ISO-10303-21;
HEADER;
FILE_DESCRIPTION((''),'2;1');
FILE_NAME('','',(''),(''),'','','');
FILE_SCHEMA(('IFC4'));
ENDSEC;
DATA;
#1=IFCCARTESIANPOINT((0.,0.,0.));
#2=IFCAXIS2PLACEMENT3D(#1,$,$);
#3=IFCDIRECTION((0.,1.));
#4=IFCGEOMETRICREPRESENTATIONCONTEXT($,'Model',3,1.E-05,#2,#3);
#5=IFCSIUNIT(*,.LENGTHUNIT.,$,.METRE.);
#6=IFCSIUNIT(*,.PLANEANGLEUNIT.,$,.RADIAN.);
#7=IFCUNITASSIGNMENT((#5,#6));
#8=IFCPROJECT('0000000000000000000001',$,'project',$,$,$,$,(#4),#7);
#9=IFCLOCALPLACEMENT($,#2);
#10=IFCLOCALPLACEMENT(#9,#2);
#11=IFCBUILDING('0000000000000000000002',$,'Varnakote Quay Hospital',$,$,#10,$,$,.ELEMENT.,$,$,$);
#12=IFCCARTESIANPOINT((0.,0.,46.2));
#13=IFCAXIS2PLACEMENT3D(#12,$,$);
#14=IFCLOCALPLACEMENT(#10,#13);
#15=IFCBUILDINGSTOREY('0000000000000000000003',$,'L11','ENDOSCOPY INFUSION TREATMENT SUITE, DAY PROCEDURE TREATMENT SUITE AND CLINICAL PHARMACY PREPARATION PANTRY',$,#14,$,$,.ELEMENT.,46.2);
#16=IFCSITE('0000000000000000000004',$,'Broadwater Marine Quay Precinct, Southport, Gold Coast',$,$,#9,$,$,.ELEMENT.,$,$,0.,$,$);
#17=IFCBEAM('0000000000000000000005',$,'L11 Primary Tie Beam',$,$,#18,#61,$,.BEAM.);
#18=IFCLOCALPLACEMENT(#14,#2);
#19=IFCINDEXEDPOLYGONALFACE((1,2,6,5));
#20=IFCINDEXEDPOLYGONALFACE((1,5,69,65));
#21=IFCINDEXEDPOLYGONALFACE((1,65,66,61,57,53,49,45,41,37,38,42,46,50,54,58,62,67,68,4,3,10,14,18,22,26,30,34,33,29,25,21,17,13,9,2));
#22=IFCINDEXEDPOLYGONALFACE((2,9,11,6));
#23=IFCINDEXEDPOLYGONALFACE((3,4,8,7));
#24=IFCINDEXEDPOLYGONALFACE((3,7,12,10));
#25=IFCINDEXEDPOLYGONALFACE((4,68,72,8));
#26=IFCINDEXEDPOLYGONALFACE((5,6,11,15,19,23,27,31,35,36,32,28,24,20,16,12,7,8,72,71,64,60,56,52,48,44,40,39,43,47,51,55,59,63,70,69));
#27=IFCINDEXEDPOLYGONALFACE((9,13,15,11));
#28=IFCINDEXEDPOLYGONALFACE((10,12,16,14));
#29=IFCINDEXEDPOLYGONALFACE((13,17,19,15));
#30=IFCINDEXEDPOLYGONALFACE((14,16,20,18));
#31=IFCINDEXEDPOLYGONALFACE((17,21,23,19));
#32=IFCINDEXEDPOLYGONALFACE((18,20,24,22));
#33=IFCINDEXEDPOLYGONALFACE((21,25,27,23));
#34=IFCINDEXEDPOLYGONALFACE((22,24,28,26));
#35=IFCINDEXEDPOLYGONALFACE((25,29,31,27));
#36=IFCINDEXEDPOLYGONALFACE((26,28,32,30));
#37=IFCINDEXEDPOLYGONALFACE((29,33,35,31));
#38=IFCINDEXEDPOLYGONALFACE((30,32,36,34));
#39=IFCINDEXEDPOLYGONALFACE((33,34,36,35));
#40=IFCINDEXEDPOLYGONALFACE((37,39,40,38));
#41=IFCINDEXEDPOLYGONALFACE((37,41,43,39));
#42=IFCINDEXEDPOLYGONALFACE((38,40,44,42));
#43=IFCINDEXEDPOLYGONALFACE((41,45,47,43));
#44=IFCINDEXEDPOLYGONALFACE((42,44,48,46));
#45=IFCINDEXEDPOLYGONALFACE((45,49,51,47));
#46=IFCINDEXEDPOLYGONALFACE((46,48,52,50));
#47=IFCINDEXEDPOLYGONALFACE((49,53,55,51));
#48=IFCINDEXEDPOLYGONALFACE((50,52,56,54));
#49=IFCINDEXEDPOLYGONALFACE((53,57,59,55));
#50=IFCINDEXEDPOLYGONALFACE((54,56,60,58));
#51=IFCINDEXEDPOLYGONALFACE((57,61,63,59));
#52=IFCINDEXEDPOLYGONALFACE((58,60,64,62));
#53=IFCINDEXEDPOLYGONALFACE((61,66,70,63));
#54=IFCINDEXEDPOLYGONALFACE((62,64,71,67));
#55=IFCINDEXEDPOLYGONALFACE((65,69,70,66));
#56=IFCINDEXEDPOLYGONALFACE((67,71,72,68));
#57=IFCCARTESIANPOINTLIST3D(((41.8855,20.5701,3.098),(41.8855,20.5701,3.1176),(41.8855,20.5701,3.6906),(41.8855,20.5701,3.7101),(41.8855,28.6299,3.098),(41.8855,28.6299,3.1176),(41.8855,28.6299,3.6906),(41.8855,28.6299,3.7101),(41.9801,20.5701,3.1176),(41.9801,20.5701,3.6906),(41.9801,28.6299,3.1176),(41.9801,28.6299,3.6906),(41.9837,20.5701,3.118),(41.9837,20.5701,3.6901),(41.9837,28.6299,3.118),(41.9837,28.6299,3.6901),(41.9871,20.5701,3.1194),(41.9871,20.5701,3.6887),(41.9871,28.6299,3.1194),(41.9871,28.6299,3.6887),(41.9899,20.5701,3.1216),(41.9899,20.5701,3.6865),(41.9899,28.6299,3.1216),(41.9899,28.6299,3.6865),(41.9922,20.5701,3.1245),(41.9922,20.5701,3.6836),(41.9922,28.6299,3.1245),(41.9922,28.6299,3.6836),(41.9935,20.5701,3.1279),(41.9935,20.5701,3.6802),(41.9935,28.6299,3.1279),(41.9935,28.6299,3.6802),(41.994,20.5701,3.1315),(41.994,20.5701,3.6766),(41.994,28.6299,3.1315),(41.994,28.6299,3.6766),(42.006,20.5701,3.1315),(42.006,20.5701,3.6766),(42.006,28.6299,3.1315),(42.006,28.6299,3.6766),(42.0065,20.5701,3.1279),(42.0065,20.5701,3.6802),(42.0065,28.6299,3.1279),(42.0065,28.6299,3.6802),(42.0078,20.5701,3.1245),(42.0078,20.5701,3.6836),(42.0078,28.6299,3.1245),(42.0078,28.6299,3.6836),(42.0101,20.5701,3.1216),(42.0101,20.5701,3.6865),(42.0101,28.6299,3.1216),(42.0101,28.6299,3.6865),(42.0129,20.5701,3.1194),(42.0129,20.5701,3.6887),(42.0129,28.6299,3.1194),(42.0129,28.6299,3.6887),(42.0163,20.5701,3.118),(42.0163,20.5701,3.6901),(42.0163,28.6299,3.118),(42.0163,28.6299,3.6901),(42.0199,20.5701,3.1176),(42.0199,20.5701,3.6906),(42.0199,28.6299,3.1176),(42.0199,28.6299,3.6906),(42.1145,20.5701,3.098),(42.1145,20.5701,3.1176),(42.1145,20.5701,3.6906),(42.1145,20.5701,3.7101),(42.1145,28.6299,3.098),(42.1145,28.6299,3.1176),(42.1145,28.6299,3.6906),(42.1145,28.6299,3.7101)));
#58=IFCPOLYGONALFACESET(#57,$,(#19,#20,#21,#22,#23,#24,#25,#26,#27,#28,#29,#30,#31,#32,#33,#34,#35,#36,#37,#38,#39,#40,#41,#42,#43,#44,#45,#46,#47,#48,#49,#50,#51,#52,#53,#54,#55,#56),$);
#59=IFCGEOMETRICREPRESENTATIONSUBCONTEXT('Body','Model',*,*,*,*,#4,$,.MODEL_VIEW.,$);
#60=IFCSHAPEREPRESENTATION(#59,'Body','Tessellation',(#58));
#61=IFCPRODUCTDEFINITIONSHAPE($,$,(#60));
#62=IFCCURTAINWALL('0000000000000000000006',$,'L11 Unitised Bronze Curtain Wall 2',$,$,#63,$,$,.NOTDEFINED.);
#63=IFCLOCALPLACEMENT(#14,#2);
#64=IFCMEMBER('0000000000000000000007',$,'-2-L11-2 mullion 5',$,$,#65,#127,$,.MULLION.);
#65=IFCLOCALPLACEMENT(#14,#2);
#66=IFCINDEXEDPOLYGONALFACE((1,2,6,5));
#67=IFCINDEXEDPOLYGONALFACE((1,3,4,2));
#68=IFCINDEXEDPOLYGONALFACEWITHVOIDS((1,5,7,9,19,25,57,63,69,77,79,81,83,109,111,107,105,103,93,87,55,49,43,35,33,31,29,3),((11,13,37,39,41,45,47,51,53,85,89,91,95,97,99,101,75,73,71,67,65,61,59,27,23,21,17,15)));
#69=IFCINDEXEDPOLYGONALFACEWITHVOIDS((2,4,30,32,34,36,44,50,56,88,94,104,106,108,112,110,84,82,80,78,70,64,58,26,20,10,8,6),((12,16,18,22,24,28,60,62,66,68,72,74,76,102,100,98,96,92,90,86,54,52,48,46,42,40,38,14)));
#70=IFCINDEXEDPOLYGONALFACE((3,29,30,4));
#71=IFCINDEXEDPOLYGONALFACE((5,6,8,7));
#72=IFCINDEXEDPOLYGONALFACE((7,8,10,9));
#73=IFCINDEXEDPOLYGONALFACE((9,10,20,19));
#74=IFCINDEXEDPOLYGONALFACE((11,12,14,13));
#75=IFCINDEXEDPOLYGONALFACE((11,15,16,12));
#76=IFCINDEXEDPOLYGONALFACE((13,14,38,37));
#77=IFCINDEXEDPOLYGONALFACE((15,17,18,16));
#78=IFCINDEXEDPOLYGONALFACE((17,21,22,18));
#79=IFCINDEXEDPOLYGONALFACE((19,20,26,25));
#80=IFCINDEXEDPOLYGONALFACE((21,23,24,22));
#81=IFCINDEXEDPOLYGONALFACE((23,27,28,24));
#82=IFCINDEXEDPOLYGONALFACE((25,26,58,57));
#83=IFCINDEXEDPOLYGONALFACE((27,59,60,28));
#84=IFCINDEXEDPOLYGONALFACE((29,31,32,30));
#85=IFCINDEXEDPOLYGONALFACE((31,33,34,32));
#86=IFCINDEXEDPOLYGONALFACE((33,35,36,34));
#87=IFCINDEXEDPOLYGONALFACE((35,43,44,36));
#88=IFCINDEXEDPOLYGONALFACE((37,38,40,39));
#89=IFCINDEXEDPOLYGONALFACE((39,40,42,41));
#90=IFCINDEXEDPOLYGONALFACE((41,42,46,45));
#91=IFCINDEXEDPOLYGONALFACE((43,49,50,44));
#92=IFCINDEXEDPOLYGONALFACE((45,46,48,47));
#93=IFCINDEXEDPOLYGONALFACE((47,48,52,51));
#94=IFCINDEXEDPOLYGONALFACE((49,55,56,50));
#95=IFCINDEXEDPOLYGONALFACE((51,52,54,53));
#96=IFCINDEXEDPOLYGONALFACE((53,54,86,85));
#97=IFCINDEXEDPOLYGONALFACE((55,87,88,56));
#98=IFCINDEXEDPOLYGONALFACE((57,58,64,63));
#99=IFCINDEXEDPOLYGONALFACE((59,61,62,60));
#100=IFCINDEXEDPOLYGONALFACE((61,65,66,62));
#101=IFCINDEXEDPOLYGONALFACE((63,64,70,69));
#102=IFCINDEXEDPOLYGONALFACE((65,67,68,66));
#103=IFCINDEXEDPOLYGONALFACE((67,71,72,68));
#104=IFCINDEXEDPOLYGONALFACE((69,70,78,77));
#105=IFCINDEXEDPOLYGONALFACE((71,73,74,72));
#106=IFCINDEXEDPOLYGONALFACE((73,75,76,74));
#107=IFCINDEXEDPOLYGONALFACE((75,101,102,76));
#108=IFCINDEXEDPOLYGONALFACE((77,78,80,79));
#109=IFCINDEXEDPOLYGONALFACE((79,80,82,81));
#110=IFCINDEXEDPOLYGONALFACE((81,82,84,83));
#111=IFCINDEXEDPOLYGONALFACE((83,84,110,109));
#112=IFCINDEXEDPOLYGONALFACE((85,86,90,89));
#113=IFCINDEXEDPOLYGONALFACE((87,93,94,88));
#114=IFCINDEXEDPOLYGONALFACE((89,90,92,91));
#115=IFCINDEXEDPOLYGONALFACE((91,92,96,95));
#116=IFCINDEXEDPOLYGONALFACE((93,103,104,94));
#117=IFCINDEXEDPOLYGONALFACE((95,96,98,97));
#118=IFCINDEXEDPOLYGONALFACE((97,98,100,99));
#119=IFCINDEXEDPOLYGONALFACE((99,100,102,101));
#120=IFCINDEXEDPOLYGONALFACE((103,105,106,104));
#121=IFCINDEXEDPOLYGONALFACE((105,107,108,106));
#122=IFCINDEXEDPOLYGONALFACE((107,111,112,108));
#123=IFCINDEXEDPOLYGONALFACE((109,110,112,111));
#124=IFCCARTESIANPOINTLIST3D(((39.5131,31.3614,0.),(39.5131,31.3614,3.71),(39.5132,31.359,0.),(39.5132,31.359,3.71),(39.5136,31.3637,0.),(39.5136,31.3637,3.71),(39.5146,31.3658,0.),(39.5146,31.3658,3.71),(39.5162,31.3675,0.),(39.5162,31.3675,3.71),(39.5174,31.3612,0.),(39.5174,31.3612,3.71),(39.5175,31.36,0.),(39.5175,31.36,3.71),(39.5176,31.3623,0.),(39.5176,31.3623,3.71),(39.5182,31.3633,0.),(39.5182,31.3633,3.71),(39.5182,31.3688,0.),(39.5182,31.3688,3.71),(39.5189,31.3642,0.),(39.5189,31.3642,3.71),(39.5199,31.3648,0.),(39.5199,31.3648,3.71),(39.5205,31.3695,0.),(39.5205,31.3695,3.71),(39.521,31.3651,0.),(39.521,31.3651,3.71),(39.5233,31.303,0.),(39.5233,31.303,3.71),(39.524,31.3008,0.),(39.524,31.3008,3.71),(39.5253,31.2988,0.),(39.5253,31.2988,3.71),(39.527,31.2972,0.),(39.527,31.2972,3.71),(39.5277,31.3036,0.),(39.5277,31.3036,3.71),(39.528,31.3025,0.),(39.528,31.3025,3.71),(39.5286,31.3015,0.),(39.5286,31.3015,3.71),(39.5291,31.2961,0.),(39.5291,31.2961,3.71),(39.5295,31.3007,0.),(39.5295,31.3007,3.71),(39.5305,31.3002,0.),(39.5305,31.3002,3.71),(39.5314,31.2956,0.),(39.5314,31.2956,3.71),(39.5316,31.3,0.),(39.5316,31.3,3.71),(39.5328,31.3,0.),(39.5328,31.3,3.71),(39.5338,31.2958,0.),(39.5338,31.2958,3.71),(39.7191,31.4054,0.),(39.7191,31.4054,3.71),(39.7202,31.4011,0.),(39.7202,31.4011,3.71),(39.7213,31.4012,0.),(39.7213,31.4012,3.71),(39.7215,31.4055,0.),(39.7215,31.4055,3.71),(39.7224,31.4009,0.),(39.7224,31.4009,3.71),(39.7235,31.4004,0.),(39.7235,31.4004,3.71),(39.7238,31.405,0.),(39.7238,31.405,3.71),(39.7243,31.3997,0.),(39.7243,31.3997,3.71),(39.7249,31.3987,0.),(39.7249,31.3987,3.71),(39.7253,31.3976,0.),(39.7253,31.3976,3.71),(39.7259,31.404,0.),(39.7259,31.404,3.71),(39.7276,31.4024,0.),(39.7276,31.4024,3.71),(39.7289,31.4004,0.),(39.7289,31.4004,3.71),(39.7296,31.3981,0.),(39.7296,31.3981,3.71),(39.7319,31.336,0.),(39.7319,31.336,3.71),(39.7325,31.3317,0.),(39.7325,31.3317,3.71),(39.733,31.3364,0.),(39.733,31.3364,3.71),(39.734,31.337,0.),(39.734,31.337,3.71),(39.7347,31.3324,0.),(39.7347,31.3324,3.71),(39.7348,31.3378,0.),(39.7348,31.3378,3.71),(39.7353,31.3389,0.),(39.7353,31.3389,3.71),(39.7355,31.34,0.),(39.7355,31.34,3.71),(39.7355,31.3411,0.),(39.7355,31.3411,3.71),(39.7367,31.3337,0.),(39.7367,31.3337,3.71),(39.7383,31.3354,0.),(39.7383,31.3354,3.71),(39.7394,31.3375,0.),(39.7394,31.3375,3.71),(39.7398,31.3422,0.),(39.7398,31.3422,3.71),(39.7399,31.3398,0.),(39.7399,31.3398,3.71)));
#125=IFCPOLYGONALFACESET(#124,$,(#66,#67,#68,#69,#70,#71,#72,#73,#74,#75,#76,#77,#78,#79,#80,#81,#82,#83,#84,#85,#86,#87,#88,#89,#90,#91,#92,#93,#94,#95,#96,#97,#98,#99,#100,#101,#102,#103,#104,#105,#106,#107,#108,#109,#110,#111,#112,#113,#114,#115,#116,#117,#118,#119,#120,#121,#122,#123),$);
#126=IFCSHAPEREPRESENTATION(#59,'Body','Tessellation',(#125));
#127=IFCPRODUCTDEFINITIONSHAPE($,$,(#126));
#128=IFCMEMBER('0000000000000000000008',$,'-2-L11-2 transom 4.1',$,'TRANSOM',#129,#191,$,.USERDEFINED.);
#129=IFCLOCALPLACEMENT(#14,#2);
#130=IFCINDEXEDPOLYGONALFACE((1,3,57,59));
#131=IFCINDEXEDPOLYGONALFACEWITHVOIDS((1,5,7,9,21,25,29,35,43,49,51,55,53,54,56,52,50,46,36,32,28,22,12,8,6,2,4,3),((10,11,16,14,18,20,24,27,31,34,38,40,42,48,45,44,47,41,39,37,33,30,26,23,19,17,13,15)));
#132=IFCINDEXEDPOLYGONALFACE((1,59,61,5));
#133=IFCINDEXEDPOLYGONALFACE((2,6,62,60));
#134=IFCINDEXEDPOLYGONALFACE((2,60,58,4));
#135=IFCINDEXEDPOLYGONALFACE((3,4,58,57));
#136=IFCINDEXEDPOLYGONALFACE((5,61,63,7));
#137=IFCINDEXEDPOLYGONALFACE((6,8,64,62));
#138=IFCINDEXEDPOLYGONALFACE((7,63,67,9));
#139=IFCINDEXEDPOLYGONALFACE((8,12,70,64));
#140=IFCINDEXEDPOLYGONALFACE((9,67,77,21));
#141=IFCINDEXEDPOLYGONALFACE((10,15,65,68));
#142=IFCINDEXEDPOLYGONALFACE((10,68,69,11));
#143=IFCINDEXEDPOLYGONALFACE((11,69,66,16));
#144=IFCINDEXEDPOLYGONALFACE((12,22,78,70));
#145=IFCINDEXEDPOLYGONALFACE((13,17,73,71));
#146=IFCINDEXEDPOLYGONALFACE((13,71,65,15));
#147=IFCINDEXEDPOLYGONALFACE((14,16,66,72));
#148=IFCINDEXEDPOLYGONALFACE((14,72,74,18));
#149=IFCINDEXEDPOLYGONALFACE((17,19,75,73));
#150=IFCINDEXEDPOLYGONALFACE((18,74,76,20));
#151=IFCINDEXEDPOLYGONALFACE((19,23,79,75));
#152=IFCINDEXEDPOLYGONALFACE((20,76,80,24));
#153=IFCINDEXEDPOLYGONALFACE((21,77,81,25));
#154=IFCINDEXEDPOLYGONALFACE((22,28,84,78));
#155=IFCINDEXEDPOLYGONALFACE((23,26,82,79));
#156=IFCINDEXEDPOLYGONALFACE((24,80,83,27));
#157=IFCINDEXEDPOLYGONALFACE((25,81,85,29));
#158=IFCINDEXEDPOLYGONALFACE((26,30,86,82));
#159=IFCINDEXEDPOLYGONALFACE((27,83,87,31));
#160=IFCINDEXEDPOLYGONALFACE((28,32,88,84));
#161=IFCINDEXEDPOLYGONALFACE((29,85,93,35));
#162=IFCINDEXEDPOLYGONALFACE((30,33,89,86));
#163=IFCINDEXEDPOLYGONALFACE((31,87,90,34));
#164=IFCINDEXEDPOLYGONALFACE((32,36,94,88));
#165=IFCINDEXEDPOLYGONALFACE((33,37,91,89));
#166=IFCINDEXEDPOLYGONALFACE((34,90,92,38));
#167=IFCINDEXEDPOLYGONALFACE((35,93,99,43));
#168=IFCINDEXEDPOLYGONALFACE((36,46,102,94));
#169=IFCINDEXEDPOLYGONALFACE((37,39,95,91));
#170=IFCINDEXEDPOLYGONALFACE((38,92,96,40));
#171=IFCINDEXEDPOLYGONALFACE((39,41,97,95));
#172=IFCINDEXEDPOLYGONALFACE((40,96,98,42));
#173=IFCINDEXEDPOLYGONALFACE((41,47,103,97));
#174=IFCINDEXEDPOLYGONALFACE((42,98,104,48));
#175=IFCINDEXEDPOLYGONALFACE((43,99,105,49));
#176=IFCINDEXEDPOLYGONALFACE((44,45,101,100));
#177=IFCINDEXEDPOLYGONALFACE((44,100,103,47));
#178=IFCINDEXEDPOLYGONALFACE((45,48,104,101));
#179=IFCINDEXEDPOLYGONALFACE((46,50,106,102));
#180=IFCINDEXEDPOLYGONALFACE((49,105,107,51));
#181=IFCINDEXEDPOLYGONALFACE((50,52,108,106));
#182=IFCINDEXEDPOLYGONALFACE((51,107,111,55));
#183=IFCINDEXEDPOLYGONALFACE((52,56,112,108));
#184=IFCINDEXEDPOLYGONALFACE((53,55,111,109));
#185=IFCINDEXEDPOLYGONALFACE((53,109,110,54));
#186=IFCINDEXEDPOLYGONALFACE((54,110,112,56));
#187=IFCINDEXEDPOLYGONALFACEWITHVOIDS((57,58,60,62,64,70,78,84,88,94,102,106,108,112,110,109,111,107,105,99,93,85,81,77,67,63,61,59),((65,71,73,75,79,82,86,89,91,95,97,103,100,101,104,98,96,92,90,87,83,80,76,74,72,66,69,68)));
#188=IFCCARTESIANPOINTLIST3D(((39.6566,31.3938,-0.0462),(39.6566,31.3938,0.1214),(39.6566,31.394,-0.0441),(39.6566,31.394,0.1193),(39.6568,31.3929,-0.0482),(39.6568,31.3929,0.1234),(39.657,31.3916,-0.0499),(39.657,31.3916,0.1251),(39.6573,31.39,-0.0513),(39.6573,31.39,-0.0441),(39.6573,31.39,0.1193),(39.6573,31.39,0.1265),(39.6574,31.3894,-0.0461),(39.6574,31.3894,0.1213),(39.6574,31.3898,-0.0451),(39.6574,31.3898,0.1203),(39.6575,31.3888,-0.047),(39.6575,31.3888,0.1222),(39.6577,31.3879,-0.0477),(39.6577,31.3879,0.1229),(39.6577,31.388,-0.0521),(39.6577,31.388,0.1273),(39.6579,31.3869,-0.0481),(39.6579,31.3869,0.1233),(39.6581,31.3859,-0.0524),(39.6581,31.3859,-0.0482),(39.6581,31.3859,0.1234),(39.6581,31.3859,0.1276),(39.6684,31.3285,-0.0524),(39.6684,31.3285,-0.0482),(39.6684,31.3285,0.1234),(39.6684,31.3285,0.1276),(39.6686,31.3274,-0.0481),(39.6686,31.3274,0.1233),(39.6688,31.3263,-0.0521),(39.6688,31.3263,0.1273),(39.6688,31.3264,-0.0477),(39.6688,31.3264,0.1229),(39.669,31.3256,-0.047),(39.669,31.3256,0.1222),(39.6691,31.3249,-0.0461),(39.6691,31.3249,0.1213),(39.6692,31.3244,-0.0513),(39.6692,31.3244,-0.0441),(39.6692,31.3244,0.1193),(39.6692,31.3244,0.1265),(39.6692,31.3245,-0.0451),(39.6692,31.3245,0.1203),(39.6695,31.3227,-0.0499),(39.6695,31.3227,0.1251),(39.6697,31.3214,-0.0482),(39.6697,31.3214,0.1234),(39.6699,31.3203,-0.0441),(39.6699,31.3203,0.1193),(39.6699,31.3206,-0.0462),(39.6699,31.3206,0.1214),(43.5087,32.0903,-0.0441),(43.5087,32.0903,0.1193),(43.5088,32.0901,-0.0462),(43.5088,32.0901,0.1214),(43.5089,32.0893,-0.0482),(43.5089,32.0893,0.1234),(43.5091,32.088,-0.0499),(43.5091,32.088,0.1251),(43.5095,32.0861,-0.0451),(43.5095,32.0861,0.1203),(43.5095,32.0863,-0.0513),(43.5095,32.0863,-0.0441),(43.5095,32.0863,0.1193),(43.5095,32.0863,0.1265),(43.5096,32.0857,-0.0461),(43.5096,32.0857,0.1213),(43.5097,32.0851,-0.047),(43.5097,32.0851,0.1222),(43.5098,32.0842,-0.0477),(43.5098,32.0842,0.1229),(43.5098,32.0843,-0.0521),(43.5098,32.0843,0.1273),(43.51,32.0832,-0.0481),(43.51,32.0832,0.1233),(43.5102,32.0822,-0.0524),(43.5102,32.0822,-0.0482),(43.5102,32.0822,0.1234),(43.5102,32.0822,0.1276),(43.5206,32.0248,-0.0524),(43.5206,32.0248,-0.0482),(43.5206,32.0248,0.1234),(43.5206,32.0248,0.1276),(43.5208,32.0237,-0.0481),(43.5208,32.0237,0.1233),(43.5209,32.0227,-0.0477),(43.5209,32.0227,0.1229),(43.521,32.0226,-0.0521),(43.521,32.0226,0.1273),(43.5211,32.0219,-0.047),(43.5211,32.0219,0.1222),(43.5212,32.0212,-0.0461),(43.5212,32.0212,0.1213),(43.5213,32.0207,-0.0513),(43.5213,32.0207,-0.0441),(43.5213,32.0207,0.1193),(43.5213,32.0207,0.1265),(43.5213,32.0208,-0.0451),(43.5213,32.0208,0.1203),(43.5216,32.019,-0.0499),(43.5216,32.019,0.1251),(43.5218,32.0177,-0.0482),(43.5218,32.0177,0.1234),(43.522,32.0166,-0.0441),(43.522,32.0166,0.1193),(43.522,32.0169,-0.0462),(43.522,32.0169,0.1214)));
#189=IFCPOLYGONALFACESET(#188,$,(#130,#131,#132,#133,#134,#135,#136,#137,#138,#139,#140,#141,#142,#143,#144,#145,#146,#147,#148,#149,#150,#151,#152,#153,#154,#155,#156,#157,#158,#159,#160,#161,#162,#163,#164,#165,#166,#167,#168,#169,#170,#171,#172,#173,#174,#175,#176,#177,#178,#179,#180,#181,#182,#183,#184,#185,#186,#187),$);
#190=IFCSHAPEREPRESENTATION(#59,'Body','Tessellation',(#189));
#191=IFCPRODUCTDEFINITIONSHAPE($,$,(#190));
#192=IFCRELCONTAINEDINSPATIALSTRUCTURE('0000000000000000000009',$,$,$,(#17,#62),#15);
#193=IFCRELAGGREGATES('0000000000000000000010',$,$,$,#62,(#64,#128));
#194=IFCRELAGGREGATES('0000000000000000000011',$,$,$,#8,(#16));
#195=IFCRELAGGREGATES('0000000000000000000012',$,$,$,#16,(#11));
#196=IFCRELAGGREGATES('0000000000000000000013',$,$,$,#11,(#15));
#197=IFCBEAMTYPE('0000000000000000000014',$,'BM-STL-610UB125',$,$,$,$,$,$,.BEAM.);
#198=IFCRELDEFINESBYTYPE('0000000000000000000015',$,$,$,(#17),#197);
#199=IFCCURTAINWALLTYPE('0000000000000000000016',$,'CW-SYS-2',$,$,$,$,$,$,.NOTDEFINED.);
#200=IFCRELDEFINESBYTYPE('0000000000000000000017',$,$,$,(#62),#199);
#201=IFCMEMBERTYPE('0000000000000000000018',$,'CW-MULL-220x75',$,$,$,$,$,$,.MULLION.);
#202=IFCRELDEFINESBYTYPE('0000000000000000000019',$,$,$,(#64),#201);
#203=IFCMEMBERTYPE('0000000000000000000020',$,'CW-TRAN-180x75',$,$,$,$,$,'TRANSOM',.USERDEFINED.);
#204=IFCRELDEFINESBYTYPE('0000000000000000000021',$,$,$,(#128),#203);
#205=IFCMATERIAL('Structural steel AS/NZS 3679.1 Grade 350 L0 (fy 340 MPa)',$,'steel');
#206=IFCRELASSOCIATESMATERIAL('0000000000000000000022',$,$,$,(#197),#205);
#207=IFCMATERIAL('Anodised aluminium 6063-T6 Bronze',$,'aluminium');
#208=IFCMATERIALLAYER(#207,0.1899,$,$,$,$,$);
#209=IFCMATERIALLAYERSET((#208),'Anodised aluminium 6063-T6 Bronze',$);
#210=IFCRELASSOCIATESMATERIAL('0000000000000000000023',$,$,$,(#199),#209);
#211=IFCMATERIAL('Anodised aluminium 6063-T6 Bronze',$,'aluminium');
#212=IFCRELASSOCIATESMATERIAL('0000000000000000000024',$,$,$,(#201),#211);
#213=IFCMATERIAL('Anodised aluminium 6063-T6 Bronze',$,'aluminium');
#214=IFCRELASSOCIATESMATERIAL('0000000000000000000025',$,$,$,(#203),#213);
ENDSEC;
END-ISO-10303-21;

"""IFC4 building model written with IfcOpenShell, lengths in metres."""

from ifc_helpers import new_model, si_unit, direction, frame, origin, origin_2d, place, context, subcontext, project, spatial, hollow_rectangle, i_section, extrude, material, layer, layer_set, material_profile, profile_set, type_object, element, aggregate, save


model = new_model("IFC4")

# Units and contexts
model_context = context("Model", 3, precision=1e-05, world=origin(), true_north=direction((0.0, 1.0)))
body_context = subcontext(model_context, "Body", "Model", "MODEL_VIEW")
ifc_project = project(units=[si_unit("LENGTHUNIT", "METRE"), si_unit("PLANEANGLEUNIT", "RADIAN")], contexts=[model_context])

# Site, building, storey
site_placement = place(None, origin())
site = spatial("IfcSite", under=ifc_project, at=site_placement, Name="Broadwater Marine Quay Precinct, Southport, Gold Coast", CompositionType="ELEMENT", RefElevation=0.0)
building_placement = place(site_placement, origin())
building = spatial("IfcBuilding", under=site, at=building_placement, Name="Varnakote Quay Hospital", CompositionType="ELEMENT")
storey_placement = place(building_placement, frame((0.0, 0.0, 46.2)))
storey = spatial("IfcBuildingStorey", under=building, at=storey_placement, Name="L11", Description="ENDOSCOPY INFUSION TREATMENT SUITE, DAY PROCEDURE TREATMENT SUITE AND CLINICAL PHARMACY PREPARATION PANTRY", CompositionType="ELEMENT", Elevation=46.2)

# Beam
ifc_material_1 = material(Name="Structural steel AS/NZS 3679.1 Grade 350 L0 (fy 340 MPa)", Category="steel")
ifc_material_profile_1 = material_profile(ifc_material_1, i_section(OverallWidth=0.229, OverallDepth=0.6121, WebThickness=0.012, FlangeThickness=0.0195, FilletRadius=0.0139, at=origin_2d()), Name="610UB125")
ifc_profile_set_1 = profile_set([ifc_material_profile_1], Name="Structural steel AS/NZS 3679.1 Grade 350 L0 (fy 340 MPa)")
beam_type_1 = type_object("IfcBeamType", Name="BM-STL-610UB125", PredefinedType="BEAM", material=ifc_profile_set_1)
beam_1_placement = place(storey_placement, frame((42.0, 20.5701, 3.4041), z_axis=(0.0, 1.0, 0.0), x_axis=(-1.0, 0.0, 0.0)))
element("IfcBeam", 1, at=beam_1_placement, inside=storey, type_object=beam_type_1, Name="L11 Primary Tie Beam", PredefinedType="BEAM", context=body_context, shape_type="SweptSolid", body=[
    extrude(i_section(OverallWidth=0.229, OverallDepth=0.6121, WebThickness=0.012, FlangeThickness=0.0195, FilletRadius=0.0139, at=origin_2d()), origin(), (0.0, 0.0, 1.0), 8.0598),
])

# Curtain wall, members
ifc_material_2 = material(Name="Anodised aluminium 6063-T6 Bronze", Category="aluminium")
ifc_layer_1 = layer(ifc_material_2, 0.1899)
ifc_layer_set_1 = layer_set([ifc_layer_1], Name="Anodised aluminium 6063-T6 Bronze")
curtain_wall_type = type_object("IfcCurtainWallType", Name="CW-SYS-2", PredefinedType="NOTDEFINED", material=ifc_layer_set_1)
curtain_wall_placement = place(storey_placement, origin())
curtain_wall = element("IfcCurtainWall", 2, at=curtain_wall_placement, inside=storey, type_object=curtain_wall_type, Name="L11 Unitised Bronze Curtain Wall 2", PredefinedType="NOTDEFINED")
ifc_material_3 = material(Name="Anodised aluminium 6063-T6 Bronze", Category="aluminium")
ifc_material_profile_2 = material_profile(ifc_material_3, hollow_rectangle(XDim=0.075, YDim=0.22, WallThickness=0.0044, InnerFilletRadius=0.0044, OuterFilletRadius=0.009, at=origin_2d()), Name="CW-MULL-220x75")
ifc_profile_set_2 = profile_set([ifc_material_profile_2], Name="Anodised aluminium 6063-T6 Bronze")
member_type_1 = type_object("IfcMemberType", Name="CW-MULL-220x75", PredefinedType="MULLION", material=ifc_profile_set_2)
member_1_placement = place(storey_placement, frame((39.6265, 31.3506, 0.0), z_axis=(0.0, 0.0, 1.0), x_axis=(0.177846, -0.984058, 0.0)))
member_1 = element("IfcMember", 3, at=member_1_placement, type_object=member_type_1, Name="-2-L11-2 mullion 5", PredefinedType="MULLION", context=body_context, shape_type="SweptSolid", body=[
    extrude(hollow_rectangle(XDim=0.075, YDim=0.22, WallThickness=0.0044, InnerFilletRadius=0.0044, OuterFilletRadius=0.009, at=origin_2d()), origin(), (0.0, 0.0, 1.0), 3.71),
])
ifc_material_4 = material(Name="Anodised aluminium 6063-T6 Bronze", Category="aluminium")
ifc_material_profile_3 = material_profile(ifc_material_4, hollow_rectangle(XDim=0.075, YDim=0.1799, WallThickness=0.0042, InnerFilletRadius=0.0042, OuterFilletRadius=0.0083, at=origin_2d()), Name="CW-TRAN-180x75")
ifc_profile_set_3 = profile_set([ifc_material_profile_3], Name="Anodised aluminium 6063-T6 Bronze")
member_type_2 = type_object("IfcMemberType", Name="CW-TRAN-180x75", ElementType="TRANSOM", PredefinedType="USERDEFINED", material=ifc_profile_set_3)
member_2_placement = place(storey_placement, frame((43.5154, 32.0535, 0.0376), z_axis=(-0.984053, -0.177875, 0.0), x_axis=(0.177875, -0.984053, 0.0)))
member_2 = element("IfcMember", 4, at=member_2_placement, type_object=member_type_2, Name="-2-L11-2 transom 4.1", ObjectType="TRANSOM", PredefinedType="USERDEFINED", context=body_context, shape_type="SweptSolid", body=[
    extrude(hollow_rectangle(XDim=0.075, YDim=0.1799, WallThickness=0.0042, InnerFilletRadius=0.0042, OuterFilletRadius=0.0083, at=origin_2d()), origin(), (0.0, 0.0, 1.0), 3.9146),
])

aggregate(curtain_wall, [member_1, member_2])

save(model, "model.ifc")
